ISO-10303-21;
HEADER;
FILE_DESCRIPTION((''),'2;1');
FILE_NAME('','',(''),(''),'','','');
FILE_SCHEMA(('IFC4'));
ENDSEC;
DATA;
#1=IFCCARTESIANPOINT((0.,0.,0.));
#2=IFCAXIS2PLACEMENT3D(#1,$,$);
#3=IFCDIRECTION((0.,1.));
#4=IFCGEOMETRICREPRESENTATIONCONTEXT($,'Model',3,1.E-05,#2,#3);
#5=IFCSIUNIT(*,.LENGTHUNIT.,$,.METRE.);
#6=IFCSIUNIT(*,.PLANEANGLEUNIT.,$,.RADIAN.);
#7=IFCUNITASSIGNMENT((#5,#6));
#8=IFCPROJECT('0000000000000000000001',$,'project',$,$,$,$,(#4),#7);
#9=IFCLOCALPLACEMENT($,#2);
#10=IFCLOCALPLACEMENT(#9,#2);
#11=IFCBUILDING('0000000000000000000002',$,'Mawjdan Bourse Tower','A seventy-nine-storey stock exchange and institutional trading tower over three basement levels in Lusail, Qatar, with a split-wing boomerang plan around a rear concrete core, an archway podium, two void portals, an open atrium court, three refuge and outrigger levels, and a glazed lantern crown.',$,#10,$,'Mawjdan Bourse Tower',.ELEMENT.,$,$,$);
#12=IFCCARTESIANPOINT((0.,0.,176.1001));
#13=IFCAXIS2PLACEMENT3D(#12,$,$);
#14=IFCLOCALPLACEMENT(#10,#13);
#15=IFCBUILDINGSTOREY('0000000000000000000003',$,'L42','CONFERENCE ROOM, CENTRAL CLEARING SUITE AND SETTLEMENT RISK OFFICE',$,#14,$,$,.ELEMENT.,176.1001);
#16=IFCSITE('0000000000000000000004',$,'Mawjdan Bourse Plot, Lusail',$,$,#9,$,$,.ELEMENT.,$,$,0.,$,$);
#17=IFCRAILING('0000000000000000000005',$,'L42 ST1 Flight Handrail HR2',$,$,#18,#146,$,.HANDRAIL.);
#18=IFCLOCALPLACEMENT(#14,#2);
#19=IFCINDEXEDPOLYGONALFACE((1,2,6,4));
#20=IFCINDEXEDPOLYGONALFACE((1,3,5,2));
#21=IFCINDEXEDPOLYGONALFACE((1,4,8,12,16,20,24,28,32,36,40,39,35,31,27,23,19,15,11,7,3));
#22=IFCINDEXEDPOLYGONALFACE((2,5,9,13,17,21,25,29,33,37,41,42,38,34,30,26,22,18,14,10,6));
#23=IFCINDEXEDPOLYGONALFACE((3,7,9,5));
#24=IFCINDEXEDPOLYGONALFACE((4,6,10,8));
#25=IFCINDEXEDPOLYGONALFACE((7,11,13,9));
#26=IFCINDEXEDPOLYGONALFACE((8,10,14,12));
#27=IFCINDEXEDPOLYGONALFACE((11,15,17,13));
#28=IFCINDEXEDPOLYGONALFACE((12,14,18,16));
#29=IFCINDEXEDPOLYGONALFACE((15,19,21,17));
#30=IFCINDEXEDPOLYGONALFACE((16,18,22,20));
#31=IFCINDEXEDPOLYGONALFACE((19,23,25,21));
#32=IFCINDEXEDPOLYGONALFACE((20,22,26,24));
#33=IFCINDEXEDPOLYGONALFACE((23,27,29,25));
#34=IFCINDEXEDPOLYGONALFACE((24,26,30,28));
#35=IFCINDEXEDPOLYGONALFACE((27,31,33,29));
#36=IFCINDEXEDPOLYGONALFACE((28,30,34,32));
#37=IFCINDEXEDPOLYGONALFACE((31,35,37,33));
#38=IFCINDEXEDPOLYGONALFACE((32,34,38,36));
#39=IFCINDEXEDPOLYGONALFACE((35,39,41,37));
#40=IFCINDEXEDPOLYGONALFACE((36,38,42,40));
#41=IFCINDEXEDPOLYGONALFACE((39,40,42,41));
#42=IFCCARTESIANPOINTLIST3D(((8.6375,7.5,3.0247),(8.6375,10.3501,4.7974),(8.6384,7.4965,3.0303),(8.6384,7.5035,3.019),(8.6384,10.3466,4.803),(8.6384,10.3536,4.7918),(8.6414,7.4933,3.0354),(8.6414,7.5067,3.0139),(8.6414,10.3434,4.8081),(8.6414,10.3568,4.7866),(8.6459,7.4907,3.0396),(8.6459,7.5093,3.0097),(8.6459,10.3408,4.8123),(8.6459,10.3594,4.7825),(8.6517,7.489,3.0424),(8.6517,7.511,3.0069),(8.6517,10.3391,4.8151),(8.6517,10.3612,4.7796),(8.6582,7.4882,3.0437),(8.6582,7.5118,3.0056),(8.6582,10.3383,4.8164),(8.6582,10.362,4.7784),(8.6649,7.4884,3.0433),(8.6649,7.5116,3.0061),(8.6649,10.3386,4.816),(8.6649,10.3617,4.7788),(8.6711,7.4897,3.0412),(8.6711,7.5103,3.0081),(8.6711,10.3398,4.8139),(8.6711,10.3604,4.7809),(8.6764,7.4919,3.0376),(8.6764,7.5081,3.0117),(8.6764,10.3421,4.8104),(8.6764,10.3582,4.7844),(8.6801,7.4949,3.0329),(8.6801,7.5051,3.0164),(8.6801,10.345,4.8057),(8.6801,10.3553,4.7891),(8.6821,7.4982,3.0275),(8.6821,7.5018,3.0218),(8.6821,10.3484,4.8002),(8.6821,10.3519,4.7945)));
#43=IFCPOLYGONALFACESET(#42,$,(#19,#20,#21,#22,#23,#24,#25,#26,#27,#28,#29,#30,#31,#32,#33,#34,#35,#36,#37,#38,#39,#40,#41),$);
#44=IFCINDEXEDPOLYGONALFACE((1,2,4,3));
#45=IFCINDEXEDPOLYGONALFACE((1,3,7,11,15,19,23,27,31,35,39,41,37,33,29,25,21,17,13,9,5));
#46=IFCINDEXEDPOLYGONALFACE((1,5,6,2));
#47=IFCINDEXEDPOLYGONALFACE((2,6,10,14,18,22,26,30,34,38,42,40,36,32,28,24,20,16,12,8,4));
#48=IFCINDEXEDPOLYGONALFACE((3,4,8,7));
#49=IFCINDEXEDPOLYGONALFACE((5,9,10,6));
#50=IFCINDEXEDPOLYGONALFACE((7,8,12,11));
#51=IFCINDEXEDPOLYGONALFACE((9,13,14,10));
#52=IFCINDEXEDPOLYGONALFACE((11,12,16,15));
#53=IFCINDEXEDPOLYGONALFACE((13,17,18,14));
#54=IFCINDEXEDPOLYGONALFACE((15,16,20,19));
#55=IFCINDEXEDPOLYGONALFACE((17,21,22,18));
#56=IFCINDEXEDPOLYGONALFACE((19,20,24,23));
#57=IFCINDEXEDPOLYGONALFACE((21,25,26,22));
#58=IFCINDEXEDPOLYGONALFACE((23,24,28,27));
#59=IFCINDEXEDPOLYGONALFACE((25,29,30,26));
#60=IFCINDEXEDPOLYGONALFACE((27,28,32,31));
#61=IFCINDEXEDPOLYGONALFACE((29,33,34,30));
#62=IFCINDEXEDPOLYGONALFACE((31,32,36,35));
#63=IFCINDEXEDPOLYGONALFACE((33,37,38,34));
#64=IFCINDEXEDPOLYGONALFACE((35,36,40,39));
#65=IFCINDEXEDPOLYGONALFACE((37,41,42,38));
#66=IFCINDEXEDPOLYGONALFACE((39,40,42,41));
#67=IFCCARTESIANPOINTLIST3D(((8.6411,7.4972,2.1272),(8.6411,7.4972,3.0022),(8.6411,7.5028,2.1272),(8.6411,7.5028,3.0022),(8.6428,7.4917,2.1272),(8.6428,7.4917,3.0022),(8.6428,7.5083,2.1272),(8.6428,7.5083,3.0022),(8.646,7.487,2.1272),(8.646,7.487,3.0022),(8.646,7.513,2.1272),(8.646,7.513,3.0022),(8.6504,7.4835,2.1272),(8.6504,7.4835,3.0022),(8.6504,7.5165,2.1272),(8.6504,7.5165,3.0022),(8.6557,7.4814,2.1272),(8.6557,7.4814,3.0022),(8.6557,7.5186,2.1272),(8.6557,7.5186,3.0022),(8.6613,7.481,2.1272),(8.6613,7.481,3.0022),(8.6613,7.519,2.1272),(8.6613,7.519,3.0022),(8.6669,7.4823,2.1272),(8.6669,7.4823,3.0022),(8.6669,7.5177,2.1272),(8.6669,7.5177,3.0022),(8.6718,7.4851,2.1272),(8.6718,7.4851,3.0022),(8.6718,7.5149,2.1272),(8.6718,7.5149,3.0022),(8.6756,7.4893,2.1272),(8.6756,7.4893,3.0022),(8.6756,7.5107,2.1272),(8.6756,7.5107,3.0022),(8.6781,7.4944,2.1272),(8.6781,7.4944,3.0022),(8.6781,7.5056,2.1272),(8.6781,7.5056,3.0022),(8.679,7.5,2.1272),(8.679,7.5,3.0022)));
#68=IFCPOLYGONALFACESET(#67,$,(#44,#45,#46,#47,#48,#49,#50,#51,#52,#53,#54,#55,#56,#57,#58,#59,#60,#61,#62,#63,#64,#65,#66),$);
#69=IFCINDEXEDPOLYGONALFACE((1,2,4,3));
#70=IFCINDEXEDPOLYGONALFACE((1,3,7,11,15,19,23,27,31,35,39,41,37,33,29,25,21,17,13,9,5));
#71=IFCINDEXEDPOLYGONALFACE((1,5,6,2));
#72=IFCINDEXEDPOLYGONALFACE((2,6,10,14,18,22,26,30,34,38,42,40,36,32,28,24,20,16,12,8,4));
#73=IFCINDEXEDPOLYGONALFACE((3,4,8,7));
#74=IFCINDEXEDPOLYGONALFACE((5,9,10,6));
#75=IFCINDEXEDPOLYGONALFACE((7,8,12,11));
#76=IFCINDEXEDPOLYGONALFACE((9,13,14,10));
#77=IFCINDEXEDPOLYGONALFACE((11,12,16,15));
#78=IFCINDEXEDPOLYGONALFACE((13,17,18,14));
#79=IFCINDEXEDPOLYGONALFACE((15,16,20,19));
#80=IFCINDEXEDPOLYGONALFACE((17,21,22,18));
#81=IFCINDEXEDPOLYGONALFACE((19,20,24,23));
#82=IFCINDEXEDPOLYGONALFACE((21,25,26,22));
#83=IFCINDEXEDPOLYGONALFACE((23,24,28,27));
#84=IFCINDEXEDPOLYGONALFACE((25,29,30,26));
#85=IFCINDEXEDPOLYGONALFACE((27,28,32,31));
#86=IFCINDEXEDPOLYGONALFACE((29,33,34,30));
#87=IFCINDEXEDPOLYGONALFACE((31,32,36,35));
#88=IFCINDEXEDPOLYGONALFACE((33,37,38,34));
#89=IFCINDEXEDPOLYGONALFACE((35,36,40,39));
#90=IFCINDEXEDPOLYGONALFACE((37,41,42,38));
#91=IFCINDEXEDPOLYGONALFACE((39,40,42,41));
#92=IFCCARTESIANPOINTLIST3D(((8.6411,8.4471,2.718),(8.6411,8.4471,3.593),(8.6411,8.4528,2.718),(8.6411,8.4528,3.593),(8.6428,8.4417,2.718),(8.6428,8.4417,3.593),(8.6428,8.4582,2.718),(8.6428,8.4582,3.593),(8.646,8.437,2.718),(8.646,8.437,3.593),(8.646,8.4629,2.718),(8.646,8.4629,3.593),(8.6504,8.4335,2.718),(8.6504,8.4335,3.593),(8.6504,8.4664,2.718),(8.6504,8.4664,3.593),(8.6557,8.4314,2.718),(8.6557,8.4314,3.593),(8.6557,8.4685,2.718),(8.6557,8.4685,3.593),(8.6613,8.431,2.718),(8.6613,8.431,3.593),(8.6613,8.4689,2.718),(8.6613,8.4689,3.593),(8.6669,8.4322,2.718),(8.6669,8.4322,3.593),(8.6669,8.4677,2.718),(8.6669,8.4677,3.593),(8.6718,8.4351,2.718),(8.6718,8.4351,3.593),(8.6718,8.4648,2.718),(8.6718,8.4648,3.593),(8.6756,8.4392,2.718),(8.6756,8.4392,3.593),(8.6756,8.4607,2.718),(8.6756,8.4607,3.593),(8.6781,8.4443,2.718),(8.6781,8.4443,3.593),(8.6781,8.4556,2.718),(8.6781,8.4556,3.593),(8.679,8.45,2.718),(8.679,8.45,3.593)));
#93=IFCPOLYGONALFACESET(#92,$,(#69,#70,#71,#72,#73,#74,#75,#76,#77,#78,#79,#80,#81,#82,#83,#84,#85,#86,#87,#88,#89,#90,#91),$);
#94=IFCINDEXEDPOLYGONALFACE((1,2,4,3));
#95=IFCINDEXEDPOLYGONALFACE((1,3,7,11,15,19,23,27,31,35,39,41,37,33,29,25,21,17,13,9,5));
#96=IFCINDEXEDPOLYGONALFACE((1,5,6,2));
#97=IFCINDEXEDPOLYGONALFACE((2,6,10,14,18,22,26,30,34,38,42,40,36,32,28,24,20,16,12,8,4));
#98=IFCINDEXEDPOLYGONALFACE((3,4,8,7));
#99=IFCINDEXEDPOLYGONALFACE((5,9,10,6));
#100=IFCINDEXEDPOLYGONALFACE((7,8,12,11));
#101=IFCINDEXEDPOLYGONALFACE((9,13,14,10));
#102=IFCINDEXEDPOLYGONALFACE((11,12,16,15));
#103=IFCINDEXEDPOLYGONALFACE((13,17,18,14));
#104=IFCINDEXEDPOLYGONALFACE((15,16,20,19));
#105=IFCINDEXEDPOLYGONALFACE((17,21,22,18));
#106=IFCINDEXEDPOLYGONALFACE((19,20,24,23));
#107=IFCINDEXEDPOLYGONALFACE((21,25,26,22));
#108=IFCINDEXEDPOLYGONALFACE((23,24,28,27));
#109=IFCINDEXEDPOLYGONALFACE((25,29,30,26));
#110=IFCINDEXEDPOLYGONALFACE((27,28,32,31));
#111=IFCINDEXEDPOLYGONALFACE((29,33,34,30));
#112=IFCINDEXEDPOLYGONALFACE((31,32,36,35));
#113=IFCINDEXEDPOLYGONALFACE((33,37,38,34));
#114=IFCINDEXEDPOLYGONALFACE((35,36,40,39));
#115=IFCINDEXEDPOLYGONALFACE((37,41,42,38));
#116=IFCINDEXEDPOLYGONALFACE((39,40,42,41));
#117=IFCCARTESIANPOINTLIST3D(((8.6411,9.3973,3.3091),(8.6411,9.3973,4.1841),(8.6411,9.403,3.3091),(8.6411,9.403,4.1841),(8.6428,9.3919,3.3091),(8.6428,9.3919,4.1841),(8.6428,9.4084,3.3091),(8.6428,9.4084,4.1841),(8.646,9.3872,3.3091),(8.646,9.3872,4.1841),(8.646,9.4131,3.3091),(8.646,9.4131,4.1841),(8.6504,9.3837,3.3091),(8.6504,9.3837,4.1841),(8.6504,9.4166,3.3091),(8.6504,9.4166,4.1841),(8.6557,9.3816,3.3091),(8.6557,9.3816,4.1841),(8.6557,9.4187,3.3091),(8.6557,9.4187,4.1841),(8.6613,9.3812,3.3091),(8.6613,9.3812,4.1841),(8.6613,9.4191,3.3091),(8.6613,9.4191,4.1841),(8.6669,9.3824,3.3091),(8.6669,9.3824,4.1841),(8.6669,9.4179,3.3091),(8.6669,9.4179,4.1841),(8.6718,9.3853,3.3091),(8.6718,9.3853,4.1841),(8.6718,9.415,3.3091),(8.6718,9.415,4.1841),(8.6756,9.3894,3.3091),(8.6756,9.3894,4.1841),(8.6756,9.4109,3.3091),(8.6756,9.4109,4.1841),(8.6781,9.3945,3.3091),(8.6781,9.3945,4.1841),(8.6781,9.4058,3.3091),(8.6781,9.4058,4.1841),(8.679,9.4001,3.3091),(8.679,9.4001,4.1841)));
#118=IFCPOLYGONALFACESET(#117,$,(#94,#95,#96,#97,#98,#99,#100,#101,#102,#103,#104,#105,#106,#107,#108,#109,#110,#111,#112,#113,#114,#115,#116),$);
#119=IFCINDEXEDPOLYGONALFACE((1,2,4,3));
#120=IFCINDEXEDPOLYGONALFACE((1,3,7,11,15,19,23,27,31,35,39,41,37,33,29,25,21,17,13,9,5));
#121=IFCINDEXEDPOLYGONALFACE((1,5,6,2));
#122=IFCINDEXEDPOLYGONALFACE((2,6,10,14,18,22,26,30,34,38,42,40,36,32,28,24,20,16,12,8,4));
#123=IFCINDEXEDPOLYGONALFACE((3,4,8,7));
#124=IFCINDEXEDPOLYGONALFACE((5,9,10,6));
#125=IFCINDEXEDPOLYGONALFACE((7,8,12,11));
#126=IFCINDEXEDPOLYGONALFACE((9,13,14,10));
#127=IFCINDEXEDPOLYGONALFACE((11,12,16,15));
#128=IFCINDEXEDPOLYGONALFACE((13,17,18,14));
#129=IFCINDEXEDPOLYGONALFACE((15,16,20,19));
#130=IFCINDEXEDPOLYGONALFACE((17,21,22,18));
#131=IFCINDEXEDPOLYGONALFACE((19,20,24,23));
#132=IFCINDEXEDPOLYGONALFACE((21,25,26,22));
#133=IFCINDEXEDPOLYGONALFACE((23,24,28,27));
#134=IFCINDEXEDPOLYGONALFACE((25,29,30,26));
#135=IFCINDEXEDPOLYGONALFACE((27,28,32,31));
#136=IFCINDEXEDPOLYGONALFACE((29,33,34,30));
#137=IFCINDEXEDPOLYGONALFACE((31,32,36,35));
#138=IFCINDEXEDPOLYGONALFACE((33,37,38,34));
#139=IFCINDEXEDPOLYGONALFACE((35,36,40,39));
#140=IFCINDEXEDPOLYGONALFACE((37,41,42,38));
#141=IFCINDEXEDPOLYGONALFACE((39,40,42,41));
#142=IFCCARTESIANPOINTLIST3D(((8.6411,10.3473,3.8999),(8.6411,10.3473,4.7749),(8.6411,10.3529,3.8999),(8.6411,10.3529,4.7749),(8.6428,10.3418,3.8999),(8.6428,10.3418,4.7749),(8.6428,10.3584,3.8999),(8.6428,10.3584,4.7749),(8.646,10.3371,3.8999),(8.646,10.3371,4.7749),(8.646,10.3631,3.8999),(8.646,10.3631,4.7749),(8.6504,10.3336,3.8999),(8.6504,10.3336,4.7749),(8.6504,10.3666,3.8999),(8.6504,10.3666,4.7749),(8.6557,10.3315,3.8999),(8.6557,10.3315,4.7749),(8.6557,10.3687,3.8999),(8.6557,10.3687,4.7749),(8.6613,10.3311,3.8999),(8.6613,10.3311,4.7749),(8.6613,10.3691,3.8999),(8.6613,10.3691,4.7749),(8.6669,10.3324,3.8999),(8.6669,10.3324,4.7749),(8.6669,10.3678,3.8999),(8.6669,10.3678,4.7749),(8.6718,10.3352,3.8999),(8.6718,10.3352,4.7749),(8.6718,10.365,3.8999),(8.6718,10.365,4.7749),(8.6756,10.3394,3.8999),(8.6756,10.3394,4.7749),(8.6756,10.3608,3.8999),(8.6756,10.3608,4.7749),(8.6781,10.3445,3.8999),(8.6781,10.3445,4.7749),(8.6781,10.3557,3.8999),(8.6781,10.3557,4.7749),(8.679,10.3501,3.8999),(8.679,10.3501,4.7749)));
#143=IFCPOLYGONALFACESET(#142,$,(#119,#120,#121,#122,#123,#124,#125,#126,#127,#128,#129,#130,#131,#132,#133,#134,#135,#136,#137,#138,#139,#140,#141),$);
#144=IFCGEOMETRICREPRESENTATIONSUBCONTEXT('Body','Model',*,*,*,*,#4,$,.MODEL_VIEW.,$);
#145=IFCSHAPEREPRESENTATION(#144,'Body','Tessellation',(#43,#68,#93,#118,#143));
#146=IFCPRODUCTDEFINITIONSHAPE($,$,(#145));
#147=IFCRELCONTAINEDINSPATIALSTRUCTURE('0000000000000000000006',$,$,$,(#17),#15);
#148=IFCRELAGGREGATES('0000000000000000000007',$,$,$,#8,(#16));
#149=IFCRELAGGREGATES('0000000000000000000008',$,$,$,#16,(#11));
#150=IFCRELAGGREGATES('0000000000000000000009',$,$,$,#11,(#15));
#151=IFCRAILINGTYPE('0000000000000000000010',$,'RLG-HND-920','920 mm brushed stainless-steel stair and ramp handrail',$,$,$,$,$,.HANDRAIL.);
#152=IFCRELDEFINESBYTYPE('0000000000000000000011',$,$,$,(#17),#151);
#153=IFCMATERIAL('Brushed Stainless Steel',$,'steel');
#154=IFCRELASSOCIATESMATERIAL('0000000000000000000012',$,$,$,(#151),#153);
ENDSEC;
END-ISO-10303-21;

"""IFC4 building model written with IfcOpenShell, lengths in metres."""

from ifc_helpers import new_model, si_unit, direction, frame, origin, origin_2d, place, context, subcontext, project, spatial, circle, extrude, material, type_object, element, save


model = new_model("IFC4")

# Units and contexts
model_context = context("Model", 3, precision=1e-05, world=origin(), true_north=direction((0.0, 1.0)))
body_context = subcontext(model_context, "Body", "Model", "MODEL_VIEW")
ifc_project = project(units=[si_unit("LENGTHUNIT", "METRE"), si_unit("PLANEANGLEUNIT", "RADIAN")], contexts=[model_context])

# Site, building, storey
site_placement = place(None, origin())
site = spatial("IfcSite", under=ifc_project, at=site_placement, Name="Mawjdan Bourse Plot, Lusail", CompositionType="ELEMENT", RefElevation=0.0)
building_placement = place(site_placement, origin())
building = spatial("IfcBuilding", under=site, at=building_placement, Name="Mawjdan Bourse Tower", Description="A seventy-nine-storey stock exchange and institutional trading tower over three basement levels in Lusail, Qatar, with a split-wing boomerang plan around a rear concrete core, an archway podium, two void portals, an open atrium court, three refuge and outrigger levels, and a glazed lantern crown.", LongName="Mawjdan Bourse Tower", CompositionType="ELEMENT")
storey_placement = place(building_placement, frame((0.0, 0.0, 176.1001)))
storey = spatial("IfcBuildingStorey", under=building, at=storey_placement, Name="L42", Description="CONFERENCE ROOM, CENTRAL CLEARING SUITE AND SETTLEMENT RISK OFFICE", CompositionType="ELEMENT", Elevation=176.1001)

# Shared definitions
ifc_material_1 = material(Name="Brushed Stainless Steel", Category="steel")

# Railing
railing_type_1 = type_object("IfcRailingType", Name="RLG-HND-920", Description="920 mm brushed stainless-steel stair and ramp handrail", PredefinedType="HANDRAIL", material=ifc_material_1)
railing_1_placement = place(storey_placement, frame((8.6599, 7.5, 2.1272)))
element("IfcRailing", 1, at=railing_1_placement, inside=storey, type_object=railing_type_1, Name="L42 ST1 Flight Handrail HR2", PredefinedType="HANDRAIL", context=body_context, shape_type="SweptSolid", body=[
    extrude(circle(Radius=0.0225, at=origin_2d()), frame((0.0, 0.0, 0.8975), z_axis=(0.0, 0.849149, 0.528154), x_axis=(-1.0, 0.0, 0.0)), (0.0, 0.0, 1.0), 3.3564),
    extrude(circle(Radius=0.019, at=origin_2d()), origin(), (0.0, 0.0, 1.0), 0.875),
    extrude(circle(Radius=0.019, at=origin_2d()), frame((0.0, 0.95, 0.5908)), (0.0, 0.0, 1.0), 0.875),
    extrude(circle(Radius=0.019, at=origin_2d()), frame((0.0, 1.9001, 1.1819)), (0.0, 0.0, 1.0), 0.875),
    extrude(circle(Radius=0.019, at=origin_2d()), frame((0.0, 2.8501, 1.7727)), (0.0, 0.0, 1.0), 0.875),
])

save(model, "model.ifc")
